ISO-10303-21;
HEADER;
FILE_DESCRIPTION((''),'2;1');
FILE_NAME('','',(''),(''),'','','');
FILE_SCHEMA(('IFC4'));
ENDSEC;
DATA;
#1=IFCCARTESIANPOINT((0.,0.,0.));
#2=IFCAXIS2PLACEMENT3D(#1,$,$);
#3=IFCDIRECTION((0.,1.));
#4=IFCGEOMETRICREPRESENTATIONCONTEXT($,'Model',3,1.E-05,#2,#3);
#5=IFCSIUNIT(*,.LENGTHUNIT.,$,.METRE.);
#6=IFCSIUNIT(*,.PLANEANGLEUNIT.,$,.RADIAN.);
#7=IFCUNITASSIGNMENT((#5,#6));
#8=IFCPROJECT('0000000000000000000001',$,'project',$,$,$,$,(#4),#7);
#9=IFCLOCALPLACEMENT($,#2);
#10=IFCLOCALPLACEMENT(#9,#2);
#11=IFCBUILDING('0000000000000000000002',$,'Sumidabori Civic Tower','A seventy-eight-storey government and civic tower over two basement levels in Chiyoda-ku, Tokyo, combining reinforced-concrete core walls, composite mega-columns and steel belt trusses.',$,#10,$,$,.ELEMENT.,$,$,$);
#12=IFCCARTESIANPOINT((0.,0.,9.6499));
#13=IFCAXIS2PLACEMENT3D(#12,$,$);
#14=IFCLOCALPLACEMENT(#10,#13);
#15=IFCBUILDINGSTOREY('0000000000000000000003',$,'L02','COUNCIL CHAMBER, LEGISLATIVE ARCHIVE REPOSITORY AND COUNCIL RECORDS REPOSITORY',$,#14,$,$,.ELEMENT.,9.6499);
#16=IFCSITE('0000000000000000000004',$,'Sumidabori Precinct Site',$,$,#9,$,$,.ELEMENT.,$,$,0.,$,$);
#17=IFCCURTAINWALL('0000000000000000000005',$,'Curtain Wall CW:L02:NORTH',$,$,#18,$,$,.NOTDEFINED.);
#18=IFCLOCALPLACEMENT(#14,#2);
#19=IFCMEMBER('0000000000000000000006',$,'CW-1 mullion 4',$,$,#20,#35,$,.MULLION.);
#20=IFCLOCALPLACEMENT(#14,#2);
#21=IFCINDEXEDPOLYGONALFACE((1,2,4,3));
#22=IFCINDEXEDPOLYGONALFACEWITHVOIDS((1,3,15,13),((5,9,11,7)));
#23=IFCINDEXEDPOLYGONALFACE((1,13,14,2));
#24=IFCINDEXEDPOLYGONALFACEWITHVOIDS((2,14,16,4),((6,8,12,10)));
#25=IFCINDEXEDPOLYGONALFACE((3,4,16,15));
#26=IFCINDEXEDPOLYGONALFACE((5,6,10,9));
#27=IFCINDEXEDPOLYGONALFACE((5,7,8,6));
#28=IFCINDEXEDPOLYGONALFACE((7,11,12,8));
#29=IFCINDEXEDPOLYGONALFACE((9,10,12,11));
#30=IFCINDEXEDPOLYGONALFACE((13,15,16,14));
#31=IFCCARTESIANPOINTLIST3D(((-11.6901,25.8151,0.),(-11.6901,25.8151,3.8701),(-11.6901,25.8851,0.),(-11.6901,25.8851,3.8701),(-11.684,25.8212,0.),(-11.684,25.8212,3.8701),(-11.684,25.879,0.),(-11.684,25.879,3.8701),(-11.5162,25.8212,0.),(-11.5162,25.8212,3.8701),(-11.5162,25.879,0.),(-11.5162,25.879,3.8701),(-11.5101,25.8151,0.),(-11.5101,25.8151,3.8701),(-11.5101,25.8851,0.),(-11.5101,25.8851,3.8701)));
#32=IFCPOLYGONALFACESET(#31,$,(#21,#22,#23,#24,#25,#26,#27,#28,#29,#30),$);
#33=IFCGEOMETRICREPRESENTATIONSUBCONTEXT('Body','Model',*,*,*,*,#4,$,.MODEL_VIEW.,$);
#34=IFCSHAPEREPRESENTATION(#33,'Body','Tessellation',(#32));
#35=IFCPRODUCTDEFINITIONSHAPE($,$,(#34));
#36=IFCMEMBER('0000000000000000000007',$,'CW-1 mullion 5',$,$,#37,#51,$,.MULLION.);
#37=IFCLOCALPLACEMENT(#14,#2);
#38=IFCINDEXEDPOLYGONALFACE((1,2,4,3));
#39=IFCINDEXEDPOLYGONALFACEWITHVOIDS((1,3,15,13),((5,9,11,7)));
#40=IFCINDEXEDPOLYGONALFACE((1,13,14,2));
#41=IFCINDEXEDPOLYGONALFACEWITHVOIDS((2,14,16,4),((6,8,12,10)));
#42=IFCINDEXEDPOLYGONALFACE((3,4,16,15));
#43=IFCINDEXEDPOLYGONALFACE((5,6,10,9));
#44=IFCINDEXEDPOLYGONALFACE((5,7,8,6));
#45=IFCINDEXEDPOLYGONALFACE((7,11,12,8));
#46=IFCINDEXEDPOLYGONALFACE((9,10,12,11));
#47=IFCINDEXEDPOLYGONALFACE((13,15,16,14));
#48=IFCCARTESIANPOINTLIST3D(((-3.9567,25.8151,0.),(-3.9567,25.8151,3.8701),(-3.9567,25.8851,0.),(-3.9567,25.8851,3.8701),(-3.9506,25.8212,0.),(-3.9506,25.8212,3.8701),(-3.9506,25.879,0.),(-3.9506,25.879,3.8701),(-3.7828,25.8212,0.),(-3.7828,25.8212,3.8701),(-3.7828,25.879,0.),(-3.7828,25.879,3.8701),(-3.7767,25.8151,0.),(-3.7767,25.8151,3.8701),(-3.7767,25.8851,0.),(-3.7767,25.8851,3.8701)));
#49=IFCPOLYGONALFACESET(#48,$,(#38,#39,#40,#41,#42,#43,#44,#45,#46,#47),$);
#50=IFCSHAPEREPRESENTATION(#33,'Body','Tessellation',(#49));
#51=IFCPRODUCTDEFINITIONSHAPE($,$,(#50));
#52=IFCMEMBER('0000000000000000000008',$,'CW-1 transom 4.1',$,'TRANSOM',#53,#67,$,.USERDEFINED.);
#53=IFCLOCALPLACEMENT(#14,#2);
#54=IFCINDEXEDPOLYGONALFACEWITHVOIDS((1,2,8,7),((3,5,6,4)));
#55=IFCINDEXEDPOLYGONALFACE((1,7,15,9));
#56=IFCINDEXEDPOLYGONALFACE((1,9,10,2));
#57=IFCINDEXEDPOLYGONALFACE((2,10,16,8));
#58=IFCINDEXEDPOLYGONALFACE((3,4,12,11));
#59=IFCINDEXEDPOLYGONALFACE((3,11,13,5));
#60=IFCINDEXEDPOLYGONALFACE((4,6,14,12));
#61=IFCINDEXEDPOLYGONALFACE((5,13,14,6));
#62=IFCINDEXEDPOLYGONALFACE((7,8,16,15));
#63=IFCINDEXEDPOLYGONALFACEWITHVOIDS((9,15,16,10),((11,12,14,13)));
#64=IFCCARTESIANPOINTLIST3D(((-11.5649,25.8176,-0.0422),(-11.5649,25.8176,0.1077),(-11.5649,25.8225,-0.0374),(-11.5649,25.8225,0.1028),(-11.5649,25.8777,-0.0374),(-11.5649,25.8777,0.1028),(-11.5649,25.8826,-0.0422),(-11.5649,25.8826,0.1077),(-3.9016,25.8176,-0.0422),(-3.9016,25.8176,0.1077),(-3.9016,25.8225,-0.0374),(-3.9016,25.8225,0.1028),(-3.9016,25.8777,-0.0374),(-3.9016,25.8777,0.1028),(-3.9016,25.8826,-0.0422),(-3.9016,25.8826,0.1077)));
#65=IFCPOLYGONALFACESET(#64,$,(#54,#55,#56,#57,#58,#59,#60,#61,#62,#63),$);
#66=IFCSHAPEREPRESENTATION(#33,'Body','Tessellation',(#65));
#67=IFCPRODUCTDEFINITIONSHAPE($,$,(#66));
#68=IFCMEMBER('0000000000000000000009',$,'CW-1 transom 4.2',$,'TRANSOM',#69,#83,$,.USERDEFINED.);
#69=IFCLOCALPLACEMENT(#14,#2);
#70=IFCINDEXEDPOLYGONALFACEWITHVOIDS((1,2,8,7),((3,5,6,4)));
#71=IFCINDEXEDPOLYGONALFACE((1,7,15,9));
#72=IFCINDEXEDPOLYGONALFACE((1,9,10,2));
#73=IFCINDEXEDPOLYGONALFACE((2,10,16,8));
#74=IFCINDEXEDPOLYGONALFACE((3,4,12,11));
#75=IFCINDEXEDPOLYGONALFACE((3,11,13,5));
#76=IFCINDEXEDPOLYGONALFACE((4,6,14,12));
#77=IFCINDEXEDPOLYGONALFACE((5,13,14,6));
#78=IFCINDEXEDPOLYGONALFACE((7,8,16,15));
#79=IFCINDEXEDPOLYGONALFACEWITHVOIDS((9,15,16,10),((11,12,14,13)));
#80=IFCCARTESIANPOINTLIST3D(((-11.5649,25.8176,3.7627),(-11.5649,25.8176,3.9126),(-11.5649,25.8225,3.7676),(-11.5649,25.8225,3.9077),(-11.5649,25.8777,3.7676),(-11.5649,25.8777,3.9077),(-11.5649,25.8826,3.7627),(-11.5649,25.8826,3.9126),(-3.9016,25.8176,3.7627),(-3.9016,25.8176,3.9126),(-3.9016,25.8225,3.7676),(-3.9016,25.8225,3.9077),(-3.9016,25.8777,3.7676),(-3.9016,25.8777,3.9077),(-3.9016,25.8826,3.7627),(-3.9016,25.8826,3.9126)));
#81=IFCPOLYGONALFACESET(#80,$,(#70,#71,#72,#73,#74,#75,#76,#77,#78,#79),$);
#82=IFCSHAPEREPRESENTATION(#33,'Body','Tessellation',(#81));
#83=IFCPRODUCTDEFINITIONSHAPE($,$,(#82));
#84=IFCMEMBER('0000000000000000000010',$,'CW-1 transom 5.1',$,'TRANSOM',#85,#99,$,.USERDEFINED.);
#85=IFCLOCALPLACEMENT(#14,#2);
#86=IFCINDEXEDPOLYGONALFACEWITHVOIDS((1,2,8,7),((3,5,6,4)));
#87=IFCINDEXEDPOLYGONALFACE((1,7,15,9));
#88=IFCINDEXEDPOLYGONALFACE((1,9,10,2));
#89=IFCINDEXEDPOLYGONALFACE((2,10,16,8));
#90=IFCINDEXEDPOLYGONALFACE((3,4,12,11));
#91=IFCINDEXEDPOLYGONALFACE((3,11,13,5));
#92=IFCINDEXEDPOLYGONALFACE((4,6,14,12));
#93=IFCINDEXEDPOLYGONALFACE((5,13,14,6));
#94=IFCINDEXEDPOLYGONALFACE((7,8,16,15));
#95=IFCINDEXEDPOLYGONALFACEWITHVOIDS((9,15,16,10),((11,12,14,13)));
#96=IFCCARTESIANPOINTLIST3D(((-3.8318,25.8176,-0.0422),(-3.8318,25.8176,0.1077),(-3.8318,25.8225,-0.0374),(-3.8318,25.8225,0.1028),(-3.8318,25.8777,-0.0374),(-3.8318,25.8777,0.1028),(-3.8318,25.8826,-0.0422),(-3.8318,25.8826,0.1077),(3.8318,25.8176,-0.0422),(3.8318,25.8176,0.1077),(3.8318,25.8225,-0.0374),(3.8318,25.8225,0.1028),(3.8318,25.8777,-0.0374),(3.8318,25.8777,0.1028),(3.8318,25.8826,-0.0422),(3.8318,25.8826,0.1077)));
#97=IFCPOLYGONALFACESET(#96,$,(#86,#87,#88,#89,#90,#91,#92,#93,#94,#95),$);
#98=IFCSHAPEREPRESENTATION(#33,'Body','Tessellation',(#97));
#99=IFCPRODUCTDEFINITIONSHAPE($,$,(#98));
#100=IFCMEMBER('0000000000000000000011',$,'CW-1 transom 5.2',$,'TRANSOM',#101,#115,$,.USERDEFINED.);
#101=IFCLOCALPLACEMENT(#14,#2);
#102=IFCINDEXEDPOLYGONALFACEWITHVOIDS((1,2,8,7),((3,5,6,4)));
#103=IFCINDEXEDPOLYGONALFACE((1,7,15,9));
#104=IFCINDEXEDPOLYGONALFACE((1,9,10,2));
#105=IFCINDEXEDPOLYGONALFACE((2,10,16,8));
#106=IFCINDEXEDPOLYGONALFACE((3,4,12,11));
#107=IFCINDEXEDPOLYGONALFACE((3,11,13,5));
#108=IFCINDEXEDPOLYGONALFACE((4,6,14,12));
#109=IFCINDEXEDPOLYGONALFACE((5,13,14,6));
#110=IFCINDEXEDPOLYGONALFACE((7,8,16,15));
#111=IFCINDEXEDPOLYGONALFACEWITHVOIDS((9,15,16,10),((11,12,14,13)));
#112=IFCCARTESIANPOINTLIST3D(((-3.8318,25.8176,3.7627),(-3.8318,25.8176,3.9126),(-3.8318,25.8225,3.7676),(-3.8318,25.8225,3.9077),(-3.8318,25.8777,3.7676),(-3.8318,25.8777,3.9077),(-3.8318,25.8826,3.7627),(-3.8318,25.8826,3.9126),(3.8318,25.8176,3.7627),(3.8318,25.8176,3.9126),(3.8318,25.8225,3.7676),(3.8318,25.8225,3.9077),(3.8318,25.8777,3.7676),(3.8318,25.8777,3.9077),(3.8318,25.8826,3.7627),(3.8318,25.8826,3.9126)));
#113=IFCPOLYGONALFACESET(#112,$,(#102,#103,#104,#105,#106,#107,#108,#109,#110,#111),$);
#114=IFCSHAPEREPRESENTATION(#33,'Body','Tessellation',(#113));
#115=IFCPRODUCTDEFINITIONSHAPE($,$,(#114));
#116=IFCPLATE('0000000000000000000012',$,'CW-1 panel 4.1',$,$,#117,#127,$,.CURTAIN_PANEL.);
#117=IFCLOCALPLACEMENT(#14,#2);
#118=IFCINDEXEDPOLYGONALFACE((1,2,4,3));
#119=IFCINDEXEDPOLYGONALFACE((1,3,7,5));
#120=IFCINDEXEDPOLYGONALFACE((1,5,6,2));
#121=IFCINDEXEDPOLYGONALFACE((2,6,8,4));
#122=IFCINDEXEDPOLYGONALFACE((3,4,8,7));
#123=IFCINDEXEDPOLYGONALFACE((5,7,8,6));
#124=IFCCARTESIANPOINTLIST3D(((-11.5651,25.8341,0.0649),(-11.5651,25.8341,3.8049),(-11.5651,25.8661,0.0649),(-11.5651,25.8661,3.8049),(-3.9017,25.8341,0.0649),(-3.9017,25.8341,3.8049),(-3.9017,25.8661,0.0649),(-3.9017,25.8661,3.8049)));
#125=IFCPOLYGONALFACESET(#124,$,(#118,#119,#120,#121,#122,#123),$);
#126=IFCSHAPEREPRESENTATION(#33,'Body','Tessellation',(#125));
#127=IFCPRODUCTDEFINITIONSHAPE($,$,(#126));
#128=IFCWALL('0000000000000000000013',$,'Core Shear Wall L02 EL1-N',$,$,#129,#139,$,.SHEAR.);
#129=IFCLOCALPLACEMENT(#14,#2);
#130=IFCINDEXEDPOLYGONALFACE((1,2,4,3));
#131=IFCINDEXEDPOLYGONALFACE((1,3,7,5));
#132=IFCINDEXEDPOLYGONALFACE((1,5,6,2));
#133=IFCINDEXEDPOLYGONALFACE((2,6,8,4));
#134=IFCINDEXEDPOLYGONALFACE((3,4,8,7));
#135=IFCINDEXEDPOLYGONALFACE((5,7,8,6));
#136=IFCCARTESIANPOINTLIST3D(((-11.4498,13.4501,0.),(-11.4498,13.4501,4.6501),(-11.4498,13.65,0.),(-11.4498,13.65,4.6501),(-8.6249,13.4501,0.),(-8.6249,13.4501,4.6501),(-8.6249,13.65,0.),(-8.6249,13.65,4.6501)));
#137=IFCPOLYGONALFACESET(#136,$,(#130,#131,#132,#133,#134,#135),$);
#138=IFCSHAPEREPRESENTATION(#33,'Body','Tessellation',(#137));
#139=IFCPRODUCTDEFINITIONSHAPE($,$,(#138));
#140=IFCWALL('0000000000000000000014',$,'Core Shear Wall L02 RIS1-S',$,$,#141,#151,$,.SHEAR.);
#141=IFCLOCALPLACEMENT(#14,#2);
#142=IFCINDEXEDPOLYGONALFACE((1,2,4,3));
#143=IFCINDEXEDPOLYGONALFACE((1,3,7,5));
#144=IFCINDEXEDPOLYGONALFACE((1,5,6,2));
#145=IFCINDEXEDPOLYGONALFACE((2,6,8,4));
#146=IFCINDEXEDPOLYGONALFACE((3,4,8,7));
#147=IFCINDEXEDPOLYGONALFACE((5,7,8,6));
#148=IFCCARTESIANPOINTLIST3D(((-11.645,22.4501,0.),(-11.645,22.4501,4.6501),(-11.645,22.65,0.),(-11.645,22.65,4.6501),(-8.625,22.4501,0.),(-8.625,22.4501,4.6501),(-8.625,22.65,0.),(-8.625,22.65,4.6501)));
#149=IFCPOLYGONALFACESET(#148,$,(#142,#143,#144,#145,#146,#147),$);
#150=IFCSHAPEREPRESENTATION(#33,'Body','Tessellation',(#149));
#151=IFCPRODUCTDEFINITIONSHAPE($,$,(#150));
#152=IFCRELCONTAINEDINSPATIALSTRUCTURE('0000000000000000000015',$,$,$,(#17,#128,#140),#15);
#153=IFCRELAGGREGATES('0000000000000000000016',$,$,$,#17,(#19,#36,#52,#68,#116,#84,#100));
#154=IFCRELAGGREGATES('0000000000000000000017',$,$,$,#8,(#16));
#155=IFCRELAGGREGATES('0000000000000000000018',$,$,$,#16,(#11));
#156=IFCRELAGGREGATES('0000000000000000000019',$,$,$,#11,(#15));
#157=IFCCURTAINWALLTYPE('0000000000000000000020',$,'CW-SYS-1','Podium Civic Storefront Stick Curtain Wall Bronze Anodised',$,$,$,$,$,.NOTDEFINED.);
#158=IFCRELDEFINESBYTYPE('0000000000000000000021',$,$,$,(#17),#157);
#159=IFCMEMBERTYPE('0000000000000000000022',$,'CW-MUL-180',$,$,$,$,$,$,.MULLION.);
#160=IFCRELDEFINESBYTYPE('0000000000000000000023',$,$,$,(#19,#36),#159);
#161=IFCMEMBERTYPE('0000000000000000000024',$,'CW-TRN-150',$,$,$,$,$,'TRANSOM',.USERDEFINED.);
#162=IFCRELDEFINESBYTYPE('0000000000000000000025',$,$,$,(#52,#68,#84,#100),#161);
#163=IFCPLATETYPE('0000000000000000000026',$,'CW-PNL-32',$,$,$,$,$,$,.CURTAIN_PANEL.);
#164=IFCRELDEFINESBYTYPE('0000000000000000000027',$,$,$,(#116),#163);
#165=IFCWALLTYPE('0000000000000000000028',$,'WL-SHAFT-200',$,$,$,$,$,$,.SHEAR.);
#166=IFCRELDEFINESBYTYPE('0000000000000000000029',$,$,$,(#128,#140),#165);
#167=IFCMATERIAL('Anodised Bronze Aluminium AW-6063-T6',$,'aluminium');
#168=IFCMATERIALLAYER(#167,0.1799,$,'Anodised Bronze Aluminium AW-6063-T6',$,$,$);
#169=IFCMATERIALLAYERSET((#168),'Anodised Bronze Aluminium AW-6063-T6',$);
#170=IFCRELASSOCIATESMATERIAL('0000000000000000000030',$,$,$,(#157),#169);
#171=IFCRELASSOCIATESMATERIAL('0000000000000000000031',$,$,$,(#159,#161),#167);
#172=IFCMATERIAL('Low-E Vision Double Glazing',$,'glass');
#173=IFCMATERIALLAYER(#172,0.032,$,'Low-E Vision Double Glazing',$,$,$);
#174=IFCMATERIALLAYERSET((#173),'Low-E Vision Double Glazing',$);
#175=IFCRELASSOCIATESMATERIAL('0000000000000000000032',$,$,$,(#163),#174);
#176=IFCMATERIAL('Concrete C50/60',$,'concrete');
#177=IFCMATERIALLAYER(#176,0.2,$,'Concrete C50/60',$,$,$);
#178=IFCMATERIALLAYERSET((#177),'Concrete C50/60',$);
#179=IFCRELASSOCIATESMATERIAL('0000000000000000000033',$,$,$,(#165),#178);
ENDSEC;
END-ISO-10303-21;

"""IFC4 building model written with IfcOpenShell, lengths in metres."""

from ifc_helpers import new_model, si_unit, direction, frame, frame_2d, origin, origin_2d, place, context, subcontext, project, spatial, rectangle, hollow_rectangle, extrude, source, transform, mapped, material, layer, layer_set, material_profile, profile_set, type_object, element, aggregate, save


model = new_model("IFC4")

# Units and contexts
model_context = context("Model", 3, precision=1e-05, world=origin(), true_north=direction((0.0, 1.0)))
body_context = subcontext(model_context, "Body", "Model", "MODEL_VIEW")
ifc_project = project(units=[si_unit("LENGTHUNIT", "METRE"), si_unit("PLANEANGLEUNIT", "RADIAN")], contexts=[model_context])

# Site, building, storey
site_placement = place(None, origin())
site = spatial("IfcSite", under=ifc_project, at=site_placement, Name="Sumidabori Precinct Site", CompositionType="ELEMENT", RefElevation=0.0)
building_placement = place(site_placement, origin())
building = spatial("IfcBuilding", under=site, at=building_placement, Name="Sumidabori Civic Tower", Description="A seventy-eight-storey government and civic tower over two basement levels in Chiyoda-ku, Tokyo, combining reinforced-concrete core walls, composite mega-columns and steel belt trusses.", CompositionType="ELEMENT")
storey_placement = place(building_placement, frame((0.0, 0.0, 9.6499)))
storey = spatial("IfcBuildingStorey", under=building, at=storey_placement, Name="L02", Description="COUNCIL CHAMBER, LEGISLATIVE ARCHIVE REPOSITORY AND COUNCIL RECORDS REPOSITORY", CompositionType="ELEMENT", Elevation=9.6499)

# Curtain wall, members, plate
ifc_material_1 = material(Name="Anodised Bronze Aluminium AW-6063-T6", Category="aluminium")
ifc_layer_1 = layer(ifc_material_1, 0.1799, Name="Anodised Bronze Aluminium AW-6063-T6")
ifc_layer_set_1 = layer_set([ifc_layer_1], Name="Anodised Bronze Aluminium AW-6063-T6")
curtain_wall_type = type_object("IfcCurtainWallType", Name="CW-SYS-1", Description="Podium Civic Storefront Stick Curtain Wall Bronze Anodised", PredefinedType="NOTDEFINED", material=ifc_layer_set_1)
curtain_wall_placement = place(storey_placement, origin())
curtain_wall = element("IfcCurtainWall", 1, at=curtain_wall_placement, inside=storey, type_object=curtain_wall_type, Name="Curtain Wall CW:L02:NORTH", PredefinedType="NOTDEFINED")
ifc_material_profile_1 = material_profile(ifc_material_1, hollow_rectangle(XDim=0.0701, YDim=0.1799, WallThickness=0.0061, at=origin_2d()), Name="ALU MULLION 180x70")
ifc_profile_set_1 = profile_set([ifc_material_profile_1], Name="Anodised Bronze Aluminium AW-6063-T6")
member_type_1 = type_object("IfcMemberType", Name="CW-MUL-180", PredefinedType="MULLION", material=ifc_profile_set_1)
shared_shape_1 = source(origin(), body_context, "Body", "SweptSolid", [
    extrude(hollow_rectangle(XDim=0.0701, YDim=0.1799, WallThickness=0.0061, at=origin_2d()), origin(), (0.0, 0.0, 1.0), 3.8701),
])
member_1_placement = place(storey_placement, frame((-11.6001, 25.8501, 0.0), z_axis=(0.0, 0.0, 1.0), x_axis=(0.0, 1.0, 0.0)))
member_1 = element("IfcMember", 2, at=member_1_placement, type_object=member_type_1, Name="CW-1 mullion 4", PredefinedType="MULLION", context=body_context, shape_type="MappedRepresentation", body=[
    mapped(shared_shape_1, transform((0.0, 0.0, 0.0), x_axis=(1.0, 0.0, 0.0), y_axis=(0.0, 1.0, 0.0), z_axis=(0.0, 0.0, 1.0), scale=1.0)),
])
member_2_placement = place(storey_placement, frame((-3.8667, 25.8501, 0.0), z_axis=(0.0, 0.0, 1.0), x_axis=(0.0, 1.0, 0.0)))
member_2 = element("IfcMember", 3, at=member_2_placement, type_object=member_type_1, Name="CW-1 mullion 5", PredefinedType="MULLION", context=body_context, shape_type="MappedRepresentation", body=[
    mapped(shared_shape_1, transform((0.0, 0.0, 0.0), x_axis=(1.0, 0.0, 0.0), y_axis=(0.0, 1.0, 0.0), z_axis=(0.0, 0.0, 1.0), scale=1.0)),
])
ifc_material_profile_2 = material_profile(ifc_material_1, hollow_rectangle(XDim=0.0649, YDim=0.1499, WallThickness=0.0049, at=origin_2d()), Name="ALU TRANSOM 150x65")
ifc_profile_set_2 = profile_set([ifc_material_profile_2], Name="Anodised Bronze Aluminium AW-6063-T6")
member_type_2 = type_object("IfcMemberType", Name="CW-TRN-150", ElementType="TRANSOM", PredefinedType="USERDEFINED", material=ifc_profile_set_2)
shared_shape_2 = source(origin(), body_context, "Body", "SweptSolid", [
    extrude(hollow_rectangle(XDim=0.0649, YDim=0.1499, WallThickness=0.0049, at=origin_2d()), origin(), (0.0, 0.0, 1.0), 7.6633),
])
member_3_placement = place(storey_placement, frame((-11.5649, 25.8501, 0.0327), z_axis=(1.0, 0.0, 0.0), x_axis=(0.0, 1.0, 0.0)))
member_3 = element("IfcMember", 4, at=member_3_placement, type_object=member_type_2, Name="CW-1 transom 4.1", ObjectType="TRANSOM", PredefinedType="USERDEFINED", context=body_context, shape_type="MappedRepresentation", body=[
    mapped(shared_shape_2, transform((0.0, 0.0, 0.0), x_axis=(1.0, 0.0, 0.0), y_axis=(0.0, 1.0, 0.0), z_axis=(0.0, 0.0, 1.0), scale=1.0)),
])
member_4_placement = place(storey_placement, frame((-11.5649, 25.8501, 3.8376), z_axis=(1.0, 0.0, 0.0), x_axis=(0.0, 1.0, 0.0)))
member_4 = element("IfcMember", 5, at=member_4_placement, type_object=member_type_2, Name="CW-1 transom 4.2", ObjectType="TRANSOM", PredefinedType="USERDEFINED", context=body_context, shape_type="MappedRepresentation", body=[
    mapped(shared_shape_2, transform((0.0, 0.0, 0.0), x_axis=(1.0, 0.0, 0.0), y_axis=(0.0, 1.0, 0.0), z_axis=(0.0, 0.0, 1.0), scale=1.0)),
])
shared_shape_3 = source(origin(), body_context, "Body", "SweptSolid", [
    extrude(hollow_rectangle(XDim=0.0649, YDim=0.1499, WallThickness=0.0049, at=origin_2d()), origin(), (0.0, 0.0, 1.0), 7.6636),
])
member_5_placement = place(storey_placement, frame((-3.8318, 25.8501, 0.0327), z_axis=(1.0, 0.0, 0.0), x_axis=(0.0, 1.0, 0.0)))
member_5 = element("IfcMember", 6, at=member_5_placement, type_object=member_type_2, Name="CW-1 transom 5.1", ObjectType="TRANSOM", PredefinedType="USERDEFINED", context=body_context, shape_type="MappedRepresentation", body=[
    mapped(shared_shape_3, transform((0.0, 0.0, 0.0), x_axis=(1.0, 0.0, 0.0), y_axis=(0.0, 1.0, 0.0), z_axis=(0.0, 0.0, 1.0), scale=1.0)),
])
member_6_placement = place(storey_placement, frame((-3.8318, 25.8501, 3.8376), z_axis=(1.0, 0.0, 0.0), x_axis=(0.0, 1.0, 0.0)))
member_6 = element("IfcMember", 7, at=member_6_placement, type_object=member_type_2, Name="CW-1 transom 5.2", ObjectType="TRANSOM", PredefinedType="USERDEFINED", context=body_context, shape_type="MappedRepresentation", body=[
    mapped(shared_shape_3, transform((0.0, 0.0, 0.0), x_axis=(1.0, 0.0, 0.0), y_axis=(0.0, 1.0, 0.0), z_axis=(0.0, 0.0, 1.0), scale=1.0)),
])
ifc_material_2 = material(Name="Low-E Vision Double Glazing", Category="glass")
ifc_layer_2 = layer(ifc_material_2, 0.032, Name="Low-E Vision Double Glazing")
ifc_layer_set_2 = layer_set([ifc_layer_2], Name="Low-E Vision Double Glazing")
plate_type = type_object("IfcPlateType", Name="CW-PNL-32", PredefinedType="CURTAIN_PANEL", material=ifc_layer_set_2)
shared_shape_4 = source(origin(), body_context, "Body", "SweptSolid", [
    extrude(rectangle(XDim=7.6633, YDim=0.032, at=origin_2d()), origin(), (0.0, 0.0, 1.0), 3.74),
])
plate_placement = place(storey_placement, frame((-7.7334, 25.8501, 0.0649), z_axis=(0.0, 0.0, 1.0), x_axis=(1.0, 0.0, 0.0)))
plate = element("IfcPlate", 8, at=plate_placement, type_object=plate_type, Name="CW-1 panel 4.1", PredefinedType="CURTAIN_PANEL", context=body_context, shape_type="MappedRepresentation", body=[
    mapped(shared_shape_4, transform((0.0, 0.0, 0.0), x_axis=(1.0, 0.0, 0.0), y_axis=(0.0, 1.0, 0.0), z_axis=(0.0, 0.0, 1.0), scale=1.0)),
])
aggregate(curtain_wall, [member_1, member_2, member_3, member_4, plate, member_5, member_6])

# Walls
ifc_material_3 = material(Name="Concrete C50/60", Category="concrete")
ifc_layer_3 = layer(ifc_material_3, 0.2, Name="Concrete C50/60")
ifc_layer_set_3 = layer_set([ifc_layer_3], Name="Concrete C50/60")
wall_type_1 = type_object("IfcWallType", Name="WL-SHAFT-200", PredefinedType="SHEAR", material=ifc_layer_set_3)
shared_shape_5 = source(origin(), body_context, "Body", "SweptSolid", [
    extrude(rectangle(XDim=2.825, YDim=0.2, at=frame_2d((1.4126, 0.0))), origin(), (0.0, 0.0, 1.0), 4.6501),
])
wall_1_placement = place(storey_placement, frame((-11.45, 13.55, 0.0), z_axis=(0.0, 0.0, 1.0), x_axis=(1.0, 0.0, 0.0)))
element("IfcWall", 9, at=wall_1_placement, inside=storey, type_object=wall_type_1, Name="Core Shear Wall L02 EL1-N", PredefinedType="SHEAR", context=body_context, shape_type="MappedRepresentation", body=[
    mapped(shared_shape_5, transform((0.0, 0.0, 0.0), x_axis=(1.0, 0.0, 0.0), y_axis=(0.0, 1.0, 0.0), z_axis=(0.0, 0.0, 1.0), scale=1.0)),
])
shared_shape_6 = source(origin(), body_context, "Body", "SweptSolid", [
    extrude(rectangle(XDim=3.02, YDim=0.2, at=frame_2d((1.51, 0.0))), origin(), (0.0, 0.0, 1.0), 4.6501),
])
wall_2_placement = place(storey_placement, frame((-11.645, 22.55, 0.0), z_axis=(0.0, 0.0, 1.0), x_axis=(1.0, 0.0, 0.0)))
element("IfcWall", 10, at=wall_2_placement, inside=storey, type_object=wall_type_1, Name="Core Shear Wall L02 RIS1-S", PredefinedType="SHEAR", context=body_context, shape_type="MappedRepresentation", body=[
    mapped(shared_shape_6, transform((0.0, 0.0, 0.0), x_axis=(1.0, 0.0, 0.0), y_axis=(0.0, 1.0, 0.0), z_axis=(0.0, 0.0, 1.0), scale=1.0)),
])

save(model, "model.ifc")
